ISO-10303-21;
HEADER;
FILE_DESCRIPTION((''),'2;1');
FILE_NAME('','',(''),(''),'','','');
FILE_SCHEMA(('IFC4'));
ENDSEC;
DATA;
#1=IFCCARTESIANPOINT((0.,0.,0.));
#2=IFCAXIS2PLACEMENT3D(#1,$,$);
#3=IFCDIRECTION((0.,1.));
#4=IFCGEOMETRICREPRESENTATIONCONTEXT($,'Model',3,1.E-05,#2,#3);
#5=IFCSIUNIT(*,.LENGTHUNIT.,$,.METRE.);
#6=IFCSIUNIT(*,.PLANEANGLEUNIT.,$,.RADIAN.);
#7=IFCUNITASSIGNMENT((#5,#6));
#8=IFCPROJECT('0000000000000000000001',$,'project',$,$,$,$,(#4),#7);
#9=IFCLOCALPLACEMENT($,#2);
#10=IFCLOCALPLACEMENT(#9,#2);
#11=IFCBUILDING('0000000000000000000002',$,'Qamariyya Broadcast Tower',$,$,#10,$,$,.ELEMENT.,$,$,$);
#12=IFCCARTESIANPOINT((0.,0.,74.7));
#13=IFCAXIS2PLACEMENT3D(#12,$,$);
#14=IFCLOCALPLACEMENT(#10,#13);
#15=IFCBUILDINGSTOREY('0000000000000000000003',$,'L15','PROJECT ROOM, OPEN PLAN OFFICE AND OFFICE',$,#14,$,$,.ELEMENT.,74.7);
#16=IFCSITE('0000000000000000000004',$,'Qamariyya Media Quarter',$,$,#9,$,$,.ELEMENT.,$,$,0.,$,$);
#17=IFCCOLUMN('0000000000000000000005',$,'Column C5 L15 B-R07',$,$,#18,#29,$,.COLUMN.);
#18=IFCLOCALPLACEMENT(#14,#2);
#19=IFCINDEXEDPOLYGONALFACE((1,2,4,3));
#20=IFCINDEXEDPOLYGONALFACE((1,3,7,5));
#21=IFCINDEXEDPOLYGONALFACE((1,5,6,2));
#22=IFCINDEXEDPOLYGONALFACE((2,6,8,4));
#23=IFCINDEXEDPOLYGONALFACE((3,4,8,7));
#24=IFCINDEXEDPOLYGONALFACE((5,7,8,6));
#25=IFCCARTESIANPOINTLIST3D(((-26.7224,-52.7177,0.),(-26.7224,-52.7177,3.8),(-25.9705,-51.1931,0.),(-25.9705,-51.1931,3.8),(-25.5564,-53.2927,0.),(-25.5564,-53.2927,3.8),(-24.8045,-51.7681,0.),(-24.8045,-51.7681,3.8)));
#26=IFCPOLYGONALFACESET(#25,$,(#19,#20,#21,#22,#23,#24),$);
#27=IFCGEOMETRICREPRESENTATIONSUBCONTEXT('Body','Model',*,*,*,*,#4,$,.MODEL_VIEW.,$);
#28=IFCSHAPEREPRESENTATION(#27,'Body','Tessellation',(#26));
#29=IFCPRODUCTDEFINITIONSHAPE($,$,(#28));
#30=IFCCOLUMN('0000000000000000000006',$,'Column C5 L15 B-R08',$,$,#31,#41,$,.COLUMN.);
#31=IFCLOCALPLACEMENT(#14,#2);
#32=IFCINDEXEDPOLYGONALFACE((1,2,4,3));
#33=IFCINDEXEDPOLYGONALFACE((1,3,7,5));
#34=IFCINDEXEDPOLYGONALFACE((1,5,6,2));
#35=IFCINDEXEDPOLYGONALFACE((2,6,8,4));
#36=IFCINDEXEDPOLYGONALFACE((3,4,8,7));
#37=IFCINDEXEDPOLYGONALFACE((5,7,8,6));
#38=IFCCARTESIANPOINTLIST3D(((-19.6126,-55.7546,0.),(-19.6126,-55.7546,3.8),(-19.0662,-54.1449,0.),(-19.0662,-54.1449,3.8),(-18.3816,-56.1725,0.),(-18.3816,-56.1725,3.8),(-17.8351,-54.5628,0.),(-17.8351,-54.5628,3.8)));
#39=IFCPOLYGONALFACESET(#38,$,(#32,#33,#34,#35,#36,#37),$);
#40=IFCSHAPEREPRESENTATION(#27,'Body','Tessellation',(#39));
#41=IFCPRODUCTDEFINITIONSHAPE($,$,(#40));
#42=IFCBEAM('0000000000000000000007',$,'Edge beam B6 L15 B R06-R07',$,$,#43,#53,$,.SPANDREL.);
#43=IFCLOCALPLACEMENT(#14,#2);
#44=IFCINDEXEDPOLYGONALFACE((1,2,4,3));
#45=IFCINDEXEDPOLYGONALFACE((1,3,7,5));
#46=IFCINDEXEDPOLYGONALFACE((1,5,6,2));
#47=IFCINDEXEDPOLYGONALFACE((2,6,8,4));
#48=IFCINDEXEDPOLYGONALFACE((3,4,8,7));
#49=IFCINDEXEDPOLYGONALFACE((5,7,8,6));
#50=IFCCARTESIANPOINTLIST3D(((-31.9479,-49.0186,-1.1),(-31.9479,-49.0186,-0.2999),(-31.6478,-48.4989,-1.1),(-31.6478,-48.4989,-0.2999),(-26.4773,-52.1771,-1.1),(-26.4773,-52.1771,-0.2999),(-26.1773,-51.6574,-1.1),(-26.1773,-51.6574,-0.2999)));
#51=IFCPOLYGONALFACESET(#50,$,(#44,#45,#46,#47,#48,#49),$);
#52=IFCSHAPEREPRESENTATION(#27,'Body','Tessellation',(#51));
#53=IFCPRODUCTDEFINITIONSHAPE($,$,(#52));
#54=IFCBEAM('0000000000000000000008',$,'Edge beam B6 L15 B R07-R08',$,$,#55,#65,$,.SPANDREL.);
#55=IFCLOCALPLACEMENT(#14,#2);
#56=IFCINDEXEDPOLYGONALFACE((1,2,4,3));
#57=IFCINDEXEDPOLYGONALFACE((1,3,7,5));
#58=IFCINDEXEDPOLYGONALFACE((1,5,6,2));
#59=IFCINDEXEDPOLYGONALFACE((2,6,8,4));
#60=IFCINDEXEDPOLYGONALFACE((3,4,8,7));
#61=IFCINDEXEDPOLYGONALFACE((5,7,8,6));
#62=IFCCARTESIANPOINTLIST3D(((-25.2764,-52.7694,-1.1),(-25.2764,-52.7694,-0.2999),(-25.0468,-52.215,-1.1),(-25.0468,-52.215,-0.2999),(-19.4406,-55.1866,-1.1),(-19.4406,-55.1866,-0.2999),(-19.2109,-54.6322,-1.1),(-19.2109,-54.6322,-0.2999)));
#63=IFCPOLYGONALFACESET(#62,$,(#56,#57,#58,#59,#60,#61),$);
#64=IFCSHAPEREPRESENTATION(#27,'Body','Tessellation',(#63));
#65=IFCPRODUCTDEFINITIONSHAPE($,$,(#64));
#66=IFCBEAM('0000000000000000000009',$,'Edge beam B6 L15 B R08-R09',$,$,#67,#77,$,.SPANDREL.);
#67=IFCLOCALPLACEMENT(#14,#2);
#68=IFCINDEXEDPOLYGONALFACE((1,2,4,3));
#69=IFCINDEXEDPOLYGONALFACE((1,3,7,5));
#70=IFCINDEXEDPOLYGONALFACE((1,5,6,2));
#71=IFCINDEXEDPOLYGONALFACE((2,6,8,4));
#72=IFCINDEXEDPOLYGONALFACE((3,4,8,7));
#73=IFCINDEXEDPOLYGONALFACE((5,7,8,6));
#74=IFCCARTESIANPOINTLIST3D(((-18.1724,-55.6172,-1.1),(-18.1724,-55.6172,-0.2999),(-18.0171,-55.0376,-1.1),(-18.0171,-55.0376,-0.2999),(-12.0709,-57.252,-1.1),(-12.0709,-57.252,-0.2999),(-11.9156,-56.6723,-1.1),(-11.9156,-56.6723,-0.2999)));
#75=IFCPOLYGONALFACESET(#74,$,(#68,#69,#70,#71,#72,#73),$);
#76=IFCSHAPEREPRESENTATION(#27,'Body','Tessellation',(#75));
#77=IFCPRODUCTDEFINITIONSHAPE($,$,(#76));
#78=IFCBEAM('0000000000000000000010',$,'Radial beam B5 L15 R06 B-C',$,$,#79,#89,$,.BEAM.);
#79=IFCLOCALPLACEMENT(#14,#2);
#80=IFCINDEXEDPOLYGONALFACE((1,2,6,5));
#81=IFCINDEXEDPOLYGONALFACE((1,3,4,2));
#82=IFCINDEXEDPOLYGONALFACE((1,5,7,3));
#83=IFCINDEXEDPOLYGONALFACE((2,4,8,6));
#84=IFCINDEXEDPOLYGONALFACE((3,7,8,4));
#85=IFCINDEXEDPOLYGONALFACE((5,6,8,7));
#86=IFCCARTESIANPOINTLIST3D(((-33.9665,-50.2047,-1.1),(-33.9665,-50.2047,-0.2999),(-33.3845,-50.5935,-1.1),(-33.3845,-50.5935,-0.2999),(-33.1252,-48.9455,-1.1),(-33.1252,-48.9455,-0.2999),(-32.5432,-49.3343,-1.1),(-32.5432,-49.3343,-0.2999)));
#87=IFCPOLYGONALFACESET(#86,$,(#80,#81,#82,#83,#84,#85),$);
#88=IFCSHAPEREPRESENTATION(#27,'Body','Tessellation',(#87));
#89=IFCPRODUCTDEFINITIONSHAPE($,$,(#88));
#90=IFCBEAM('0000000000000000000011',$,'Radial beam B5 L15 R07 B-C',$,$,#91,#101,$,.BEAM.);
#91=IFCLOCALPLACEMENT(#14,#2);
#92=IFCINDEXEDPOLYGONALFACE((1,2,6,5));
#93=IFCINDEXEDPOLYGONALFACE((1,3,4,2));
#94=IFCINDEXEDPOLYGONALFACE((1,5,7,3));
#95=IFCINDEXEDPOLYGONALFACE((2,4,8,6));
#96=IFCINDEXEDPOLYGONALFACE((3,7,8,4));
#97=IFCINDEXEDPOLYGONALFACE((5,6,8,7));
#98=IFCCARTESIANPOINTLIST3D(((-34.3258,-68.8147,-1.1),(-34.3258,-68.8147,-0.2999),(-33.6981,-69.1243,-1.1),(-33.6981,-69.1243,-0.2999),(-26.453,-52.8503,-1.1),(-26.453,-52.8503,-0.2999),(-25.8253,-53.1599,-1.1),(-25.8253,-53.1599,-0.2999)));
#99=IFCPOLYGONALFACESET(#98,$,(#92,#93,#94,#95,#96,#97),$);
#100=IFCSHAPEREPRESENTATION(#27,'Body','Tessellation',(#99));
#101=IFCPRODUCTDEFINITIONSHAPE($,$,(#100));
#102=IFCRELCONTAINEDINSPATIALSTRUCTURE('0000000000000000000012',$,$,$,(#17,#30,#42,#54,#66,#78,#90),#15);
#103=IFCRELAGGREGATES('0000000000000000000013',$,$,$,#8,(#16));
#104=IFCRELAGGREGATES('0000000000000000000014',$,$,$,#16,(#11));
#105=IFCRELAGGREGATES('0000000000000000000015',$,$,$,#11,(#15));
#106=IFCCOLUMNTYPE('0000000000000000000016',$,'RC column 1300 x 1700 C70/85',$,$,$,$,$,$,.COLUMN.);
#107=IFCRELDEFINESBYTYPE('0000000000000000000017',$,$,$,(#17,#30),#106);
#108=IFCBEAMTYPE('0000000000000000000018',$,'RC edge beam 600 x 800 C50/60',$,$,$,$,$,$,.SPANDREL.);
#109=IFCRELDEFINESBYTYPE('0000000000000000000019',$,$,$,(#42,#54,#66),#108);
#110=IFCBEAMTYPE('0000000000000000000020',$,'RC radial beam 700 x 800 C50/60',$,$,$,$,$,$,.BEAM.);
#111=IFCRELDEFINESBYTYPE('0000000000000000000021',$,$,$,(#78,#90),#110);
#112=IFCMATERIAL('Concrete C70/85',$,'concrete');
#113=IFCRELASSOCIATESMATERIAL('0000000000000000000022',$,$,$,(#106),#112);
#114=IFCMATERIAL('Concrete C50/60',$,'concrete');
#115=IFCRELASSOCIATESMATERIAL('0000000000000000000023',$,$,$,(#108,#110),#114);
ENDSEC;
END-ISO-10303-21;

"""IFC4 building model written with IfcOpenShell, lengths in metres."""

from ifc_helpers import new_model, si_unit, direction, frame, origin, origin_2d, place, context, subcontext, project, spatial, rectangle, extrude, material, material_profile, profile_set, type_object, element, save


model = new_model("IFC4")

# Units and contexts
model_context = context("Model", 3, precision=1e-05, world=origin(), true_north=direction((0.0, 1.0)))
body_context = subcontext(model_context, "Body", "Model", "MODEL_VIEW")
ifc_project = project(units=[si_unit("LENGTHUNIT", "METRE"), si_unit("PLANEANGLEUNIT", "RADIAN")], contexts=[model_context])

# Site, building, storey
site_placement = place(None, origin())
site = spatial("IfcSite", under=ifc_project, at=site_placement, Name="Qamariyya Media Quarter", CompositionType="ELEMENT", RefElevation=0.0)
building_placement = place(site_placement, origin())
building = spatial("IfcBuilding", under=site, at=building_placement, Name="Qamariyya Broadcast Tower", CompositionType="ELEMENT")
storey_placement = place(building_placement, frame((0.0, 0.0, 74.7)))
storey = spatial("IfcBuildingStorey", under=building, at=storey_placement, Name="L15", Description="PROJECT ROOM, OPEN PLAN OFFICE AND OFFICE", CompositionType="ELEMENT", Elevation=74.7)

# Columns
ifc_material_1 = material(Name="Concrete C70/85", Category="concrete")
ifc_material_profile_1 = material_profile(ifc_material_1, rectangle(XDim=1.3, YDim=1.7, at=origin_2d()))
ifc_profile_set_1 = profile_set([ifc_material_profile_1], Name="Concrete C70/85")
column_type = type_object("IfcColumnType", Name="RC column 1300 x 1700 C70/85", PredefinedType="COLUMN", material=ifc_profile_set_1)
for number, where, z_axis, x_axis, name in (
    (1, (-25.7634, -52.2429, 0.0), (0.0, 0.0, 1.0), (0.896873, -0.442289, 0.0), "Column C5 L15 B-R07"),
    (2, (-18.7239, -55.1587, 0.0), (0.0, 0.0, 1.0), (0.94693, -0.321439, 0.0), "Column C5 L15 B-R08"),
):
    element("IfcColumn", number, at=place(storey_placement, frame(where, z_axis=z_axis, x_axis=x_axis)), inside=storey, type_object=column_type, Name=name, PredefinedType="COLUMN", context=body_context, shape_type="SweptSolid", body=[
        extrude(rectangle(XDim=1.3, YDim=1.7, at=origin_2d()), origin(), (0.0, 0.0, 1.0), 3.8),
    ])

# Beams
ifc_material_2 = material(Name="Concrete C50/60", Category="concrete")
ifc_material_profile_2 = material_profile(ifc_material_2, rectangle(XDim=0.6001, YDim=0.8, at=origin_2d()))
ifc_profile_set_2 = profile_set([ifc_material_profile_2], Name="Concrete C50/60")
beam_type_1 = type_object("IfcBeamType", Name="RC edge beam 600 x 800 C50/60", PredefinedType="SPANDREL", material=ifc_profile_set_2)
beam_1_placement = place(storey_placement, frame((-31.7979, -48.7588, -0.7), z_axis=(0.86602, -0.500009, 0.0), x_axis=(0.500009, 0.86602, 0.0)))
element("IfcBeam", 3, at=beam_1_placement, inside=storey, type_object=beam_type_1, Name="Edge beam B6 L15 B R06-R07", PredefinedType="SPANDREL", context=body_context, shape_type="SweptSolid", body=[
    extrude(rectangle(XDim=0.6001, YDim=0.8, at=origin_2d()), origin(), (0.0, 0.0, 1.0), 6.3169),
])
for number, where, z_axis, x_axis, name in (
    (4, (-25.1616, -52.4922, -0.7), (0.923884, -0.382672, 0.0), (0.382672, 0.923884, 0.0), "Edge beam B6 L15 B R07-R08"),
    (5, (-18.0947, -55.3274, -0.7), (0.965931, -0.258798, 0.0), (0.258798, 0.965931, 0.0), "Edge beam B6 L15 B R08-R09"),
):
    element("IfcBeam", number, at=place(storey_placement, frame(where, z_axis=z_axis, x_axis=x_axis)), inside=storey, type_object=beam_type_1, Name=name, PredefinedType="SPANDREL", context=body_context, shape_type="SweptSolid", body=[
        extrude(rectangle(XDim=0.6001, YDim=0.8, at=origin_2d()), origin(), (0.0, 0.0, 1.0), 6.3167),
    ])
ifc_material_profile_3 = material_profile(ifc_material_2, rectangle(XDim=0.7, YDim=0.8, at=origin_2d()))
ifc_profile_set_3 = profile_set([ifc_material_profile_3], Name="Concrete C50/60")
beam_type_2 = type_object("IfcBeamType", Name="RC radial beam 700 x 800 C50/60", PredefinedType="BEAM", material=ifc_profile_set_3)
beam_2_placement = place(storey_placement, frame((-32.8342, -49.1399, -0.7), z_axis=(-0.555518, -0.831504, 0.0), x_axis=(0.831504, -0.555518, 0.0)))
element("IfcBeam", 6, at=beam_2_placement, inside=storey, type_object=beam_type_2, Name="Radial beam B5 L15 R06 B-C", PredefinedType="BEAM", context=body_context, shape_type="SweptSolid", body=[
    extrude(rectangle(XDim=0.7, YDim=0.8, at=origin_2d()), origin(), (0.0, 0.0, 1.0), 1.5144),
])
beam_3_placement = place(storey_placement, frame((-26.1392, -53.0051, -0.7), z_axis=(-0.442291, -0.896872, 0.0), x_axis=(0.896872, -0.442291, 0.0)))
element("IfcBeam", 7, at=beam_3_placement, inside=storey, type_object=beam_type_2, Name="Radial beam B5 L15 R07 B-C", PredefinedType="BEAM", context=body_context, shape_type="SweptSolid", body=[
    extrude(rectangle(XDim=0.7, YDim=0.8, at=origin_2d()), origin(), (0.0, 0.0, 1.0), 17.8),
])

save(model, "model.ifc")
